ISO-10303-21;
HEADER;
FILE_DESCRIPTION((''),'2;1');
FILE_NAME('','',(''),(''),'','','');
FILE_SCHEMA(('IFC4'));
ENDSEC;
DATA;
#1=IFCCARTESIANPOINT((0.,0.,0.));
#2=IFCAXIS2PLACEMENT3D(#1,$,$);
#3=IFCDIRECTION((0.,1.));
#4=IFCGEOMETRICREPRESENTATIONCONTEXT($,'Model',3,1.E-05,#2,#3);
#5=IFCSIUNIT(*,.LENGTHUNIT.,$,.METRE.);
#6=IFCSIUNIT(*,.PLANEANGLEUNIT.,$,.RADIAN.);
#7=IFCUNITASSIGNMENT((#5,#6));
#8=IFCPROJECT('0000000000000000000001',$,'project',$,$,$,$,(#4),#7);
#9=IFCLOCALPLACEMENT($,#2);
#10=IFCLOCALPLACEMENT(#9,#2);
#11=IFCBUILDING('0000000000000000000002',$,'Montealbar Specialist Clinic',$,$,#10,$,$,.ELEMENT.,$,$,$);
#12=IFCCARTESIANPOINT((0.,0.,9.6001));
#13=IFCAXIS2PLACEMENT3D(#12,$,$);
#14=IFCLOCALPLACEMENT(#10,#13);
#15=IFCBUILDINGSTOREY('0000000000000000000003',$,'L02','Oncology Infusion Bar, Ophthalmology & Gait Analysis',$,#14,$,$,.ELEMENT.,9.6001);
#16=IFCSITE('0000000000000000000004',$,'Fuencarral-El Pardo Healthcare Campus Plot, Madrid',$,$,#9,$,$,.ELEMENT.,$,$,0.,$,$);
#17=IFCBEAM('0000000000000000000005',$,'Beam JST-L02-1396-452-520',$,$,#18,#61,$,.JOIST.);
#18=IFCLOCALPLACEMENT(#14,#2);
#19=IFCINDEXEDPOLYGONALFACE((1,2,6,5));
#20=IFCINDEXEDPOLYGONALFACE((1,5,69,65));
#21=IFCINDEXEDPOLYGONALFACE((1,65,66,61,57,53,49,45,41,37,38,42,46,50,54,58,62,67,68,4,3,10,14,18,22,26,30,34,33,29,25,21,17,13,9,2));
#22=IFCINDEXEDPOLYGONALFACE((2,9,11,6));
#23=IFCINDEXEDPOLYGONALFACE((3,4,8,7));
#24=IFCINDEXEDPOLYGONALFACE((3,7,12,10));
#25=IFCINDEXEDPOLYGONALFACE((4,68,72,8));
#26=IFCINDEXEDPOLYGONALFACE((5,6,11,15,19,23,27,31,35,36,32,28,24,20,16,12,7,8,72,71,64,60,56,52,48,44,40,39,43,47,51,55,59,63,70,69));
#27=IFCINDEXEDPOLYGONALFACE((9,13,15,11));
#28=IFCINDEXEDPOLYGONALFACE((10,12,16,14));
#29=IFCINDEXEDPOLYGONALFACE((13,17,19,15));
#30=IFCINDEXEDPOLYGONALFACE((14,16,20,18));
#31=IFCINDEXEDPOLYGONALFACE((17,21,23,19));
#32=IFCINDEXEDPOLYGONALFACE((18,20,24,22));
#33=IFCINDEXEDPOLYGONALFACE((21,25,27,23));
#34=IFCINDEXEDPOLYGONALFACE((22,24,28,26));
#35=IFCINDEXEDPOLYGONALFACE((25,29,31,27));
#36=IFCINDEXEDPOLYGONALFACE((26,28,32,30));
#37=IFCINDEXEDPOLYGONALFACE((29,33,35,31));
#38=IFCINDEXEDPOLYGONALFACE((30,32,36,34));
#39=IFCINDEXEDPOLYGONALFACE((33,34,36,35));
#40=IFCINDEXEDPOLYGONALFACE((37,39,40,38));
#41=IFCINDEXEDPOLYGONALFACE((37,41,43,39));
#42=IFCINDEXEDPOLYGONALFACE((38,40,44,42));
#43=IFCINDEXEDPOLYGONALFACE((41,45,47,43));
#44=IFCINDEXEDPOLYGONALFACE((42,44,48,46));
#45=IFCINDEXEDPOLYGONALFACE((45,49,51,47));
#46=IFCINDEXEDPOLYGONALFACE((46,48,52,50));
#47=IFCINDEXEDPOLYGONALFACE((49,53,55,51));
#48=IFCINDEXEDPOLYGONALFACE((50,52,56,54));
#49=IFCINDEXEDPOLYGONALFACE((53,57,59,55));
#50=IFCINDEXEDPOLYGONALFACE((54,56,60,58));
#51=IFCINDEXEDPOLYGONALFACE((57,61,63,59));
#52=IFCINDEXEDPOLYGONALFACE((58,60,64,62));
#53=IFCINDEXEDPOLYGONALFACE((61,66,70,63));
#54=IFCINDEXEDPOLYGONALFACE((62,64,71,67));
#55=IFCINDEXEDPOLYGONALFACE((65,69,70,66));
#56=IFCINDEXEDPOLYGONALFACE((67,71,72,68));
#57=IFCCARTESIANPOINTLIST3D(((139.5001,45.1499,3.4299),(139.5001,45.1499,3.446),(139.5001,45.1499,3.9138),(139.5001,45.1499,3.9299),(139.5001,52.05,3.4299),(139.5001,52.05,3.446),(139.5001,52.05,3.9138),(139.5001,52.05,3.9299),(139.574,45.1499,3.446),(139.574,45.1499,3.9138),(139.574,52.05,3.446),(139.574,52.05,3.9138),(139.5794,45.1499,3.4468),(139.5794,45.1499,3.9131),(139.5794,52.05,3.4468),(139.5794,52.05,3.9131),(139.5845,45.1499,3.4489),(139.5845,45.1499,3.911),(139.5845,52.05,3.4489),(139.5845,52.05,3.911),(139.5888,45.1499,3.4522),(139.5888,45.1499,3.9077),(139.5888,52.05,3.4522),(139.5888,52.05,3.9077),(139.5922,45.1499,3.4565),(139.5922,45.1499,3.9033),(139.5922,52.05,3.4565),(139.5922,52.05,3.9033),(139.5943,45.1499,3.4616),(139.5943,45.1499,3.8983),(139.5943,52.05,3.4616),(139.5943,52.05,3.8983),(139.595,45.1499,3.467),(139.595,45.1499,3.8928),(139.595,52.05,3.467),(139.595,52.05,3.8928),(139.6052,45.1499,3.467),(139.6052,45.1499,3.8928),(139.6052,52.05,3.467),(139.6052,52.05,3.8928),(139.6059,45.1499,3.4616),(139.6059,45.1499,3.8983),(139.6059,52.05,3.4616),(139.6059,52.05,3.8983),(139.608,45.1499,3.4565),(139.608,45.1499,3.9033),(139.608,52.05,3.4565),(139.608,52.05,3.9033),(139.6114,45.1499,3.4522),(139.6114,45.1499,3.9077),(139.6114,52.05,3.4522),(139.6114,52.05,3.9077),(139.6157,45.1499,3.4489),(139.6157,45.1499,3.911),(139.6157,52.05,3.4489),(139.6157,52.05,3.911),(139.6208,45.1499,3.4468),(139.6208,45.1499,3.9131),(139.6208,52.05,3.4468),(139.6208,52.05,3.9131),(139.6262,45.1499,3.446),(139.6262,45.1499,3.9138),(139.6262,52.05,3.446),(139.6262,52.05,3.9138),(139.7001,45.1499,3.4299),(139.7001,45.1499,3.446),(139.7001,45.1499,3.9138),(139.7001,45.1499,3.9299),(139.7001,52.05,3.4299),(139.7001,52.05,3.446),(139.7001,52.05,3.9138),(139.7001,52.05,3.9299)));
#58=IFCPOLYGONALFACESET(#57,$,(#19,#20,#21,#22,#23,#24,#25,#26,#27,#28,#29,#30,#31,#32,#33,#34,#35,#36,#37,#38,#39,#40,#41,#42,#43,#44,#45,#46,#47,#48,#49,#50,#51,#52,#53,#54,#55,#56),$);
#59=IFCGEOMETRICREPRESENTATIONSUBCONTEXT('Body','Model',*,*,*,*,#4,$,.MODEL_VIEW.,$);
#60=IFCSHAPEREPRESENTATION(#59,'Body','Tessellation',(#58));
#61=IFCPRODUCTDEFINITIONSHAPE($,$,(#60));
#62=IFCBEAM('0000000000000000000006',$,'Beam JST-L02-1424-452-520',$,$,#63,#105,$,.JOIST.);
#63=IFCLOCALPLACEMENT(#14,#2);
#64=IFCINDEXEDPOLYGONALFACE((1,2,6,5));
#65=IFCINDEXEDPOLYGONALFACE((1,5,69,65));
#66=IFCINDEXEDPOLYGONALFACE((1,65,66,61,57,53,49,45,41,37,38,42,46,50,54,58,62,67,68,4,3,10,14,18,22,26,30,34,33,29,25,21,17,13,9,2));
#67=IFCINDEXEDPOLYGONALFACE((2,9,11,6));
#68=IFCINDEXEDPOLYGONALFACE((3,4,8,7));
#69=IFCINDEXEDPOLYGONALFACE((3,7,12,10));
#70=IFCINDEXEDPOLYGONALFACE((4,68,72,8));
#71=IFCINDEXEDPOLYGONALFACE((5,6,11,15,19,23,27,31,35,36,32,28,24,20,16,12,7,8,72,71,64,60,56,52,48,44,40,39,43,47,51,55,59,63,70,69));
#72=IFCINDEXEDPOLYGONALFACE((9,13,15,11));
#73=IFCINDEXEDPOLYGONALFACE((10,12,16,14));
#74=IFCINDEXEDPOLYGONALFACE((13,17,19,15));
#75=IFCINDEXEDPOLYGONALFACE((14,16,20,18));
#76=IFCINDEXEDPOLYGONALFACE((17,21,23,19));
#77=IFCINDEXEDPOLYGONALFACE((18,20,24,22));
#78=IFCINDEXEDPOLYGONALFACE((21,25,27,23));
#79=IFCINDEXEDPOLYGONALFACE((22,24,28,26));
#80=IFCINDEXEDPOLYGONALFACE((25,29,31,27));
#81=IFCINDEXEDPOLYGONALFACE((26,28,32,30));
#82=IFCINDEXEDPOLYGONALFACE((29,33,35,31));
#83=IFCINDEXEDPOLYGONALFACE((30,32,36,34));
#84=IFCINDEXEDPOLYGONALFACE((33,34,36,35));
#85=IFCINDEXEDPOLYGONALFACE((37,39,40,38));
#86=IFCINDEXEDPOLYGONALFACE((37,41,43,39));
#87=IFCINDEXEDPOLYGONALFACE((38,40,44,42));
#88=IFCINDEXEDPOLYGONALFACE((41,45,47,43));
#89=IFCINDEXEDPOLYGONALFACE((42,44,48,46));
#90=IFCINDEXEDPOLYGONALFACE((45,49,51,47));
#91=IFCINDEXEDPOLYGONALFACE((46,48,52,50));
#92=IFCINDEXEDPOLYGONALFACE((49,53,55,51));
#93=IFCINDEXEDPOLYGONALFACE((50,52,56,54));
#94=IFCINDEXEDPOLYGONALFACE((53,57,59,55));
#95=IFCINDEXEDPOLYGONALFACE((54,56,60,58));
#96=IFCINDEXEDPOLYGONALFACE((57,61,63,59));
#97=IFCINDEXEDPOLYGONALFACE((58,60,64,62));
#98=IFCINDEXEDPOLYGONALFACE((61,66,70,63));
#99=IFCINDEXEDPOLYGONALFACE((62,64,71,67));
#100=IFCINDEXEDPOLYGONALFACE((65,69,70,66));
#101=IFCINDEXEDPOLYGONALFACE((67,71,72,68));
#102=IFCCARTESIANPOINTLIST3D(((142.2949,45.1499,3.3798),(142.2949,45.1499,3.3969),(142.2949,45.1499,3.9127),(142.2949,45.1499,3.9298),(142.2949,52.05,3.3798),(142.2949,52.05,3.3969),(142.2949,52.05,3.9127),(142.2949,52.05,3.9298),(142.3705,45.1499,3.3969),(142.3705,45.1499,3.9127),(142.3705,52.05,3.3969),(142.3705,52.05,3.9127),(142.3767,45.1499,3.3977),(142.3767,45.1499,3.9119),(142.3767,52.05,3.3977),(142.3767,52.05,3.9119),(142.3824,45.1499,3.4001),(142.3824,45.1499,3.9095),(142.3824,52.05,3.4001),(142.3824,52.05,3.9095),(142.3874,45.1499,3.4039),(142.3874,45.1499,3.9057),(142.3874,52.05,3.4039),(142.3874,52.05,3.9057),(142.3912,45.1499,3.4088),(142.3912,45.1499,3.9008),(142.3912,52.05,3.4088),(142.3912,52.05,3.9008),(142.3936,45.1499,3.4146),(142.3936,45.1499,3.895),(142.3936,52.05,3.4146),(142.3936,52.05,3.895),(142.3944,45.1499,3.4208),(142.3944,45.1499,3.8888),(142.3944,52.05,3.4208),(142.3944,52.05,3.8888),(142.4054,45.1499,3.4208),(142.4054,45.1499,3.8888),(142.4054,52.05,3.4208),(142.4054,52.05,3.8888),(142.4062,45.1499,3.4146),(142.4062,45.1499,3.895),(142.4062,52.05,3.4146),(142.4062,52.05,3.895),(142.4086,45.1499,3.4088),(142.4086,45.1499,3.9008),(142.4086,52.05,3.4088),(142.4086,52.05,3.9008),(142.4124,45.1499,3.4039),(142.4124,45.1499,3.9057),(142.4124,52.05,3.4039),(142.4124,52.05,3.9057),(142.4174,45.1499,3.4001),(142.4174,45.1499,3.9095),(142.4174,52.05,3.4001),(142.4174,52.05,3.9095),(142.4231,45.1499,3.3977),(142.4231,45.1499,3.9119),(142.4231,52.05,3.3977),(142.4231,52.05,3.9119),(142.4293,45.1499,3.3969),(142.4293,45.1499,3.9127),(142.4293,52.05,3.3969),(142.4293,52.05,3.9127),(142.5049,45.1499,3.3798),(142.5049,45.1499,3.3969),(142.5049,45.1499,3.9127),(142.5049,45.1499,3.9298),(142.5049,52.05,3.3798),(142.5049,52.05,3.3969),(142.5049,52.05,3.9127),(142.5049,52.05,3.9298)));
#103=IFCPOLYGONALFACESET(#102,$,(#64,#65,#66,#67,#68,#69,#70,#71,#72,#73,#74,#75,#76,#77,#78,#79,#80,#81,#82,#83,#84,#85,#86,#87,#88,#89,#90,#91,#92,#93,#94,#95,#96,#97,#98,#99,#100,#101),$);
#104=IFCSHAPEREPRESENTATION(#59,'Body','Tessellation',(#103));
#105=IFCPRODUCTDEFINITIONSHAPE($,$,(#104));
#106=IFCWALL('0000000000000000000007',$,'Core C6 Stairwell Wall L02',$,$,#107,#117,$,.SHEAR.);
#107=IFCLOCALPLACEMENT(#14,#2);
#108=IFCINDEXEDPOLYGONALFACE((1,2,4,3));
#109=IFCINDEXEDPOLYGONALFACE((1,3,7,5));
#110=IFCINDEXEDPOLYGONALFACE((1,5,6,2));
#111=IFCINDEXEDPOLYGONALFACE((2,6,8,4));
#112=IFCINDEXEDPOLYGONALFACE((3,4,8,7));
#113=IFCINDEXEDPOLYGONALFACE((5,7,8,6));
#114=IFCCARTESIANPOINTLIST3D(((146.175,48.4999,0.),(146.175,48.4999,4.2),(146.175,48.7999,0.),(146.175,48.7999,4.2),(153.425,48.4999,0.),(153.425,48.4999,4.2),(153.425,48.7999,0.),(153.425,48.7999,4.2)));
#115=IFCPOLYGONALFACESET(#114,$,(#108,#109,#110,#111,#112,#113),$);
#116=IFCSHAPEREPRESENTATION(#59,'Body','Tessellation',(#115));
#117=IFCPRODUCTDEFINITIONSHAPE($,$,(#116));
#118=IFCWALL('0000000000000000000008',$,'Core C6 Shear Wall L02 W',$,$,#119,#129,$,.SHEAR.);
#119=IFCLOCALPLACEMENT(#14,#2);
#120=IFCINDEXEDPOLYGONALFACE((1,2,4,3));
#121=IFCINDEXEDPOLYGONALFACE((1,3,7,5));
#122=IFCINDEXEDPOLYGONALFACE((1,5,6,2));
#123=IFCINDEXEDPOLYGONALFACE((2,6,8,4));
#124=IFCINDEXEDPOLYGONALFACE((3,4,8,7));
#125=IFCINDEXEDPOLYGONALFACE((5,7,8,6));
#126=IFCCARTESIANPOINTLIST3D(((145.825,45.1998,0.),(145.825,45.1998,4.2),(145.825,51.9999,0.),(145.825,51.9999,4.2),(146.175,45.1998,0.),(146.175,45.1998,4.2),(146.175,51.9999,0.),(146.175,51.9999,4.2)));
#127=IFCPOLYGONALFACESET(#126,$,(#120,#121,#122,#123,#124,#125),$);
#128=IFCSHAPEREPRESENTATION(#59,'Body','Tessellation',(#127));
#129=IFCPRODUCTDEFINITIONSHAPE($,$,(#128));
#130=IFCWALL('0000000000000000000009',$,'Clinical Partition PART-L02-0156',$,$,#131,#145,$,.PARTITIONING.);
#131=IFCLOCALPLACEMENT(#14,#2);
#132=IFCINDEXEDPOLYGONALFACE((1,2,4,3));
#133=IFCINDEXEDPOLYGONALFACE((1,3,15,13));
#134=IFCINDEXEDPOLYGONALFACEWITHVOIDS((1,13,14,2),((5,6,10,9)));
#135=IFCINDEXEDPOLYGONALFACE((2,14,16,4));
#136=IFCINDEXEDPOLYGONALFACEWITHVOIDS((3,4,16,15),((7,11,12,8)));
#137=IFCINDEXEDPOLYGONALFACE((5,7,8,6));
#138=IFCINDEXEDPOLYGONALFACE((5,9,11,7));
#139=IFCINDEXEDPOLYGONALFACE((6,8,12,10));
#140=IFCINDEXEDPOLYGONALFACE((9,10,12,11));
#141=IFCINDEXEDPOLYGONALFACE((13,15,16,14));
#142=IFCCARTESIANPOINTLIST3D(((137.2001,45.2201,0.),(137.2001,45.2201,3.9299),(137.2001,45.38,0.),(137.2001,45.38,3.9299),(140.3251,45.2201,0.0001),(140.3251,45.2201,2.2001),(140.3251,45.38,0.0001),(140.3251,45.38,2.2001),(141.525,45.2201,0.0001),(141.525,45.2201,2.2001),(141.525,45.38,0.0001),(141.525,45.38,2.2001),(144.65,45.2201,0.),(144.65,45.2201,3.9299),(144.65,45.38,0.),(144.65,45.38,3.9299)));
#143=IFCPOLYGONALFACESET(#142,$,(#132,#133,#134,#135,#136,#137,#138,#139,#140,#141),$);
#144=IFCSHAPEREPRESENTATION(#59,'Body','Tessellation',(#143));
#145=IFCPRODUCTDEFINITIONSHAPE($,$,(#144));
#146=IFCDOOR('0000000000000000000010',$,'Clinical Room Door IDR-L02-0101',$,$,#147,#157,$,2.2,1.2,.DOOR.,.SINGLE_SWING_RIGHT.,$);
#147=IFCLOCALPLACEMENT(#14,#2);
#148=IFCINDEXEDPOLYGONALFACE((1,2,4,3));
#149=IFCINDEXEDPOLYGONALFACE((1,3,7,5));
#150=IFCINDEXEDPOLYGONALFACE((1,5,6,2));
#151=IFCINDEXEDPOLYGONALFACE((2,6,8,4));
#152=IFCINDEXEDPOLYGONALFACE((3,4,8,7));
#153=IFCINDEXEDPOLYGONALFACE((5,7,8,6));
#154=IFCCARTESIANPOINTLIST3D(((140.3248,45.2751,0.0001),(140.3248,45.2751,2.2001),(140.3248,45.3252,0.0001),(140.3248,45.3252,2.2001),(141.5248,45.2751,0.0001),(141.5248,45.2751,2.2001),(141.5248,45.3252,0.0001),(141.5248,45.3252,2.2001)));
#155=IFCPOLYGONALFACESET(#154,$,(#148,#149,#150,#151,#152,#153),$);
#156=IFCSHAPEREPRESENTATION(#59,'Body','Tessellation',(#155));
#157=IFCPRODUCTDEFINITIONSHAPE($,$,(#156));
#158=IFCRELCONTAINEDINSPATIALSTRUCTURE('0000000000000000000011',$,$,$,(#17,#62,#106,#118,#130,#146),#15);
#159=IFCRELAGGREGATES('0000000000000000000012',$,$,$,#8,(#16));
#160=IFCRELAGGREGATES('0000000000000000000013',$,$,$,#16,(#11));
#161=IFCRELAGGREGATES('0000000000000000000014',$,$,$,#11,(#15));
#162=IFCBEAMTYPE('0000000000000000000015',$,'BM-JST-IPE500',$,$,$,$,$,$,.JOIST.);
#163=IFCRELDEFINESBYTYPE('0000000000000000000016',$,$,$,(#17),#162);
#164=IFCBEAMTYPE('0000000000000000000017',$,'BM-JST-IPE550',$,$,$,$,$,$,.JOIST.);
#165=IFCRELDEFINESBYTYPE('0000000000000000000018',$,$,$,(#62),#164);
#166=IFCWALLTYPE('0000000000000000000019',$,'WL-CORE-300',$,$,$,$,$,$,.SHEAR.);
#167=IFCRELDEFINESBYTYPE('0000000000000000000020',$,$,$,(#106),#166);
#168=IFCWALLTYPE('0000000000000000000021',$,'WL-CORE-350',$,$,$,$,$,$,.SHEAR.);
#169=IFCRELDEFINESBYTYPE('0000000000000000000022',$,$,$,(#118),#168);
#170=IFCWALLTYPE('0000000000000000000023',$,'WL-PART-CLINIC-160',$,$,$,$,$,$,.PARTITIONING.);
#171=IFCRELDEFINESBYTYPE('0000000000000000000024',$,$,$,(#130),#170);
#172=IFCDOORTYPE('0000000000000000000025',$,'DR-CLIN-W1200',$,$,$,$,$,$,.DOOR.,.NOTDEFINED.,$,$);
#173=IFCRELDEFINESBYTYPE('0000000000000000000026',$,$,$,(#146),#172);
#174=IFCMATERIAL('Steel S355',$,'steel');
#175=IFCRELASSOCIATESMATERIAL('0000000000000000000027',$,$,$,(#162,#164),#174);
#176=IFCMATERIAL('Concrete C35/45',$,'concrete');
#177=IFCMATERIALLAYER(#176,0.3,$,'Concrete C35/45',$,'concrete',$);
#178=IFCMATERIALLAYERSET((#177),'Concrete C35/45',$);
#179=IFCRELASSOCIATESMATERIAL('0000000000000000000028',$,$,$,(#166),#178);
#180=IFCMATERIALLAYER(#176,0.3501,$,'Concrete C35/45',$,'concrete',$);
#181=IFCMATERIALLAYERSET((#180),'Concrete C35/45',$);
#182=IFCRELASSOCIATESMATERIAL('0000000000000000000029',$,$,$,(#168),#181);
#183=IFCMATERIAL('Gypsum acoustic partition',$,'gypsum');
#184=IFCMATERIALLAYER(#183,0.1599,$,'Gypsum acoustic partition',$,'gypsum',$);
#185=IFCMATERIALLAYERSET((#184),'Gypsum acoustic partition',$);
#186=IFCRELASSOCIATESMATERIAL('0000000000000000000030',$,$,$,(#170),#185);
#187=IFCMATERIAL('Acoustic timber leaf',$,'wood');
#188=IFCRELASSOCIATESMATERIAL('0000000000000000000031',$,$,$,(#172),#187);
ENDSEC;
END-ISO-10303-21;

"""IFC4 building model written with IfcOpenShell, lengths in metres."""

from ifc_helpers import new_model, si_unit, direction, frame, frame_2d, origin, origin_2d, place, context, subcontext, project, spatial, rectangle, i_section, extrude, material, layer, layer_set, material_profile, profile_set, type_object, element, fill, save


model = new_model("IFC4")

# Units and contexts
model_context = context("Model", 3, precision=1e-05, world=origin(), true_north=direction((0.0, 1.0)))
body_context = subcontext(model_context, "Body", "Model", "MODEL_VIEW")
ifc_project = project(units=[si_unit("LENGTHUNIT", "METRE"), si_unit("PLANEANGLEUNIT", "RADIAN")], contexts=[model_context])

# Site, building, storey
site_placement = place(None, origin())
site = spatial("IfcSite", under=ifc_project, at=site_placement, Name="Fuencarral-El Pardo Healthcare Campus Plot, Madrid", CompositionType="ELEMENT", RefElevation=0.0)
building_placement = place(site_placement, origin())
building = spatial("IfcBuilding", under=site, at=building_placement, Name="Montealbar Specialist Clinic", CompositionType="ELEMENT")
storey_placement = place(building_placement, frame((0.0, 0.0, 9.6001)))
storey = spatial("IfcBuildingStorey", under=building, at=storey_placement, Name="L02", Description="Oncology Infusion Bar, Ophthalmology & Gait Analysis", CompositionType="ELEMENT", Elevation=9.6001)

# Shared definitions
ifc_material_1 = material(Name="Steel S355", Category="steel")

# Beams
ifc_material_profile_1 = material_profile(ifc_material_1, i_section(OverallWidth=0.2, OverallDepth=0.5, WebThickness=0.0103, FlangeThickness=0.0161, FilletRadius=0.021, at=origin_2d()), Name="IPE 500", Category="steel")
ifc_profile_set_1 = profile_set([ifc_material_profile_1], Name="Steel S355")
beam_type_1 = type_object("IfcBeamType", Name="BM-JST-IPE500", PredefinedType="JOIST", material=ifc_profile_set_1)
beam_1_placement = place(storey_placement, frame((139.6001, 45.1499, 3.6799), z_axis=(0.0, 1.0, 0.0), x_axis=(-1.0, 0.0, 0.0)))
element("IfcBeam", 1, at=beam_1_placement, inside=storey, type_object=beam_type_1, Name="Beam JST-L02-1396-452-520", PredefinedType="JOIST", context=body_context, shape_type="SweptSolid", body=[
    extrude(i_section(OverallWidth=0.2, OverallDepth=0.5, WebThickness=0.0103, FlangeThickness=0.0161, FilletRadius=0.021, at=origin_2d()), origin(), (0.0, 0.0, 1.0), 6.9001),
])
ifc_material_profile_2 = material_profile(ifc_material_1, i_section(OverallWidth=0.21, OverallDepth=0.55, WebThickness=0.011, FlangeThickness=0.0171, FilletRadius=0.0239, at=origin_2d()), Name="IPE 550", Category="steel")
ifc_profile_set_2 = profile_set([ifc_material_profile_2], Name="Steel S355")
beam_type_2 = type_object("IfcBeamType", Name="BM-JST-IPE550", PredefinedType="JOIST", material=ifc_profile_set_2)
beam_2_placement = place(storey_placement, frame((142.3999, 45.1499, 3.6548), z_axis=(0.0, 1.0, 0.0), x_axis=(-1.0, 0.0, 0.0)))
element("IfcBeam", 2, at=beam_2_placement, inside=storey, type_object=beam_type_2, Name="Beam JST-L02-1424-452-520", PredefinedType="JOIST", context=body_context, shape_type="SweptSolid", body=[
    extrude(i_section(OverallWidth=0.21, OverallDepth=0.55, WebThickness=0.011, FlangeThickness=0.0171, FilletRadius=0.0239, at=origin_2d()), origin(), (0.0, 0.0, 1.0), 6.9001),
])

# Wall
ifc_material_2 = material(Name="Concrete C35/45", Category="concrete")
ifc_layer_1 = layer(ifc_material_2, 0.3, Name="Concrete C35/45", Category="concrete")
ifc_layer_set_1 = layer_set([ifc_layer_1], Name="Concrete C35/45")
wall_type_1 = type_object("IfcWallType", Name="WL-CORE-300", PredefinedType="SHEAR", material=ifc_layer_set_1)
wall_1_placement = place(storey_placement, frame((146.175, 48.6499, 0.0), z_axis=(0.0, 0.0, 1.0), x_axis=(1.0, 0.0, 0.0)))
element("IfcWall", 3, at=wall_1_placement, inside=storey, type_object=wall_type_1, Name="Core C6 Stairwell Wall L02", PredefinedType="SHEAR", context=body_context, shape_type="SweptSolid", body=[
    extrude(rectangle(XDim=7.25, YDim=0.3, at=frame_2d((3.625, 0.0))), origin(), (0.0, 0.0, 1.0), 4.2),
])

# Shared definitions
ifc_layer_2 = layer(ifc_material_2, 0.3501, Name="Concrete C35/45", Category="concrete")
ifc_layer_set_2 = layer_set([ifc_layer_2], Name="Concrete C35/45")
wall_type_2 = type_object("IfcWallType", Name="WL-CORE-350", PredefinedType="SHEAR", material=ifc_layer_set_2)

# Wall
wall_2_placement = place(storey_placement, frame((146.0, 45.2, 0.0), z_axis=(0.0, 0.0, 1.0), x_axis=(0.0, 1.0, 0.0)))
element("IfcWall", 4, at=wall_2_placement, inside=storey, type_object=wall_type_2, Name="Core C6 Shear Wall L02 W", PredefinedType="SHEAR", context=body_context, shape_type="SweptSolid", body=[
    extrude(rectangle(XDim=6.8, YDim=0.3501, at=frame_2d((3.3999, 0.0))), origin(), (0.0, 0.0, 1.0), 4.2),
])

# Wall, opening, door
ifc_material_3 = material(Name="Gypsum acoustic partition", Category="gypsum")
ifc_layer_3 = layer(ifc_material_3, 0.1599, Name="Gypsum acoustic partition", Category="gypsum")
ifc_layer_set_3 = layer_set([ifc_layer_3], Name="Gypsum acoustic partition")
wall_type_3 = type_object("IfcWallType", Name="WL-PART-CLINIC-160", PredefinedType="PARTITIONING", material=ifc_layer_set_3)
wall_3_placement = place(storey_placement, frame((137.2, 45.3, 0.0), z_axis=(0.0, 0.0, 1.0), x_axis=(1.0, 0.0, 0.0)))
wall_3 = element("IfcWall", 5, at=wall_3_placement, inside=storey, type_object=wall_type_3, Name="Clinical Partition PART-L02-0156", PredefinedType="PARTITIONING", context=body_context, shape_type="SweptSolid", body=[
    extrude(rectangle(XDim=7.45, YDim=0.1599, at=frame_2d((3.7251, 0.0))), origin(), (0.0, 0.0, 1.0), 3.9299),
])
opening_1_placement = place(wall_3_placement, frame((3.125, 0.0, 0.0)))
opening_1 = element("IfcOpeningElement", 6, at=opening_1_placement, cuts=wall_3, PredefinedType="OPENING", context=body_context, shape_type="SweptSolid", body=[
    extrude(rectangle(XDim=1.2, YDim=2.2, at=frame_2d((0.6001, 1.1001))), frame((0.0, 0.0898, 0.0), z_axis=(0.0, -1.0, 0.0), x_axis=(1.0, 0.0, 0.0)), (0.0, 0.0, 1.0), 0.1799),
])
ifc_material_4 = material(Name="Acoustic timber leaf", Category="wood")
door_type_1 = type_object("IfcDoorType", Name="DR-CLIN-W1200", OperationType="NOTDEFINED", PredefinedType="DOOR", material=ifc_material_4)
door_1_placement = place(opening_1_placement, frame((1.2, 0.0, 0.0), z_axis=(0.0, 0.0, 1.0), x_axis=(-1.0, 0.0, 0.0)))
door_1 = element("IfcDoor", 7, at=door_1_placement, inside=storey, type_object=door_type_1, Name="Clinical Room Door IDR-L02-0101", OperationType="SINGLE_SWING_RIGHT", OverallHeight=2.2, OverallWidth=1.2, PredefinedType="DOOR", context=body_context, shape_type="SweptSolid", body=[
    extrude(rectangle(XDim=1.2, YDim=2.2, at=frame_2d((0.6001, 1.1001))), frame((0.0, 0.0249, 0.0), z_axis=(0.0, -1.0, 0.0), x_axis=(1.0, 0.0, 0.0)), (0.0, 0.0, 1.0), 0.05),
])
fill(opening_1, door_1)

save(model, "model.ifc")
